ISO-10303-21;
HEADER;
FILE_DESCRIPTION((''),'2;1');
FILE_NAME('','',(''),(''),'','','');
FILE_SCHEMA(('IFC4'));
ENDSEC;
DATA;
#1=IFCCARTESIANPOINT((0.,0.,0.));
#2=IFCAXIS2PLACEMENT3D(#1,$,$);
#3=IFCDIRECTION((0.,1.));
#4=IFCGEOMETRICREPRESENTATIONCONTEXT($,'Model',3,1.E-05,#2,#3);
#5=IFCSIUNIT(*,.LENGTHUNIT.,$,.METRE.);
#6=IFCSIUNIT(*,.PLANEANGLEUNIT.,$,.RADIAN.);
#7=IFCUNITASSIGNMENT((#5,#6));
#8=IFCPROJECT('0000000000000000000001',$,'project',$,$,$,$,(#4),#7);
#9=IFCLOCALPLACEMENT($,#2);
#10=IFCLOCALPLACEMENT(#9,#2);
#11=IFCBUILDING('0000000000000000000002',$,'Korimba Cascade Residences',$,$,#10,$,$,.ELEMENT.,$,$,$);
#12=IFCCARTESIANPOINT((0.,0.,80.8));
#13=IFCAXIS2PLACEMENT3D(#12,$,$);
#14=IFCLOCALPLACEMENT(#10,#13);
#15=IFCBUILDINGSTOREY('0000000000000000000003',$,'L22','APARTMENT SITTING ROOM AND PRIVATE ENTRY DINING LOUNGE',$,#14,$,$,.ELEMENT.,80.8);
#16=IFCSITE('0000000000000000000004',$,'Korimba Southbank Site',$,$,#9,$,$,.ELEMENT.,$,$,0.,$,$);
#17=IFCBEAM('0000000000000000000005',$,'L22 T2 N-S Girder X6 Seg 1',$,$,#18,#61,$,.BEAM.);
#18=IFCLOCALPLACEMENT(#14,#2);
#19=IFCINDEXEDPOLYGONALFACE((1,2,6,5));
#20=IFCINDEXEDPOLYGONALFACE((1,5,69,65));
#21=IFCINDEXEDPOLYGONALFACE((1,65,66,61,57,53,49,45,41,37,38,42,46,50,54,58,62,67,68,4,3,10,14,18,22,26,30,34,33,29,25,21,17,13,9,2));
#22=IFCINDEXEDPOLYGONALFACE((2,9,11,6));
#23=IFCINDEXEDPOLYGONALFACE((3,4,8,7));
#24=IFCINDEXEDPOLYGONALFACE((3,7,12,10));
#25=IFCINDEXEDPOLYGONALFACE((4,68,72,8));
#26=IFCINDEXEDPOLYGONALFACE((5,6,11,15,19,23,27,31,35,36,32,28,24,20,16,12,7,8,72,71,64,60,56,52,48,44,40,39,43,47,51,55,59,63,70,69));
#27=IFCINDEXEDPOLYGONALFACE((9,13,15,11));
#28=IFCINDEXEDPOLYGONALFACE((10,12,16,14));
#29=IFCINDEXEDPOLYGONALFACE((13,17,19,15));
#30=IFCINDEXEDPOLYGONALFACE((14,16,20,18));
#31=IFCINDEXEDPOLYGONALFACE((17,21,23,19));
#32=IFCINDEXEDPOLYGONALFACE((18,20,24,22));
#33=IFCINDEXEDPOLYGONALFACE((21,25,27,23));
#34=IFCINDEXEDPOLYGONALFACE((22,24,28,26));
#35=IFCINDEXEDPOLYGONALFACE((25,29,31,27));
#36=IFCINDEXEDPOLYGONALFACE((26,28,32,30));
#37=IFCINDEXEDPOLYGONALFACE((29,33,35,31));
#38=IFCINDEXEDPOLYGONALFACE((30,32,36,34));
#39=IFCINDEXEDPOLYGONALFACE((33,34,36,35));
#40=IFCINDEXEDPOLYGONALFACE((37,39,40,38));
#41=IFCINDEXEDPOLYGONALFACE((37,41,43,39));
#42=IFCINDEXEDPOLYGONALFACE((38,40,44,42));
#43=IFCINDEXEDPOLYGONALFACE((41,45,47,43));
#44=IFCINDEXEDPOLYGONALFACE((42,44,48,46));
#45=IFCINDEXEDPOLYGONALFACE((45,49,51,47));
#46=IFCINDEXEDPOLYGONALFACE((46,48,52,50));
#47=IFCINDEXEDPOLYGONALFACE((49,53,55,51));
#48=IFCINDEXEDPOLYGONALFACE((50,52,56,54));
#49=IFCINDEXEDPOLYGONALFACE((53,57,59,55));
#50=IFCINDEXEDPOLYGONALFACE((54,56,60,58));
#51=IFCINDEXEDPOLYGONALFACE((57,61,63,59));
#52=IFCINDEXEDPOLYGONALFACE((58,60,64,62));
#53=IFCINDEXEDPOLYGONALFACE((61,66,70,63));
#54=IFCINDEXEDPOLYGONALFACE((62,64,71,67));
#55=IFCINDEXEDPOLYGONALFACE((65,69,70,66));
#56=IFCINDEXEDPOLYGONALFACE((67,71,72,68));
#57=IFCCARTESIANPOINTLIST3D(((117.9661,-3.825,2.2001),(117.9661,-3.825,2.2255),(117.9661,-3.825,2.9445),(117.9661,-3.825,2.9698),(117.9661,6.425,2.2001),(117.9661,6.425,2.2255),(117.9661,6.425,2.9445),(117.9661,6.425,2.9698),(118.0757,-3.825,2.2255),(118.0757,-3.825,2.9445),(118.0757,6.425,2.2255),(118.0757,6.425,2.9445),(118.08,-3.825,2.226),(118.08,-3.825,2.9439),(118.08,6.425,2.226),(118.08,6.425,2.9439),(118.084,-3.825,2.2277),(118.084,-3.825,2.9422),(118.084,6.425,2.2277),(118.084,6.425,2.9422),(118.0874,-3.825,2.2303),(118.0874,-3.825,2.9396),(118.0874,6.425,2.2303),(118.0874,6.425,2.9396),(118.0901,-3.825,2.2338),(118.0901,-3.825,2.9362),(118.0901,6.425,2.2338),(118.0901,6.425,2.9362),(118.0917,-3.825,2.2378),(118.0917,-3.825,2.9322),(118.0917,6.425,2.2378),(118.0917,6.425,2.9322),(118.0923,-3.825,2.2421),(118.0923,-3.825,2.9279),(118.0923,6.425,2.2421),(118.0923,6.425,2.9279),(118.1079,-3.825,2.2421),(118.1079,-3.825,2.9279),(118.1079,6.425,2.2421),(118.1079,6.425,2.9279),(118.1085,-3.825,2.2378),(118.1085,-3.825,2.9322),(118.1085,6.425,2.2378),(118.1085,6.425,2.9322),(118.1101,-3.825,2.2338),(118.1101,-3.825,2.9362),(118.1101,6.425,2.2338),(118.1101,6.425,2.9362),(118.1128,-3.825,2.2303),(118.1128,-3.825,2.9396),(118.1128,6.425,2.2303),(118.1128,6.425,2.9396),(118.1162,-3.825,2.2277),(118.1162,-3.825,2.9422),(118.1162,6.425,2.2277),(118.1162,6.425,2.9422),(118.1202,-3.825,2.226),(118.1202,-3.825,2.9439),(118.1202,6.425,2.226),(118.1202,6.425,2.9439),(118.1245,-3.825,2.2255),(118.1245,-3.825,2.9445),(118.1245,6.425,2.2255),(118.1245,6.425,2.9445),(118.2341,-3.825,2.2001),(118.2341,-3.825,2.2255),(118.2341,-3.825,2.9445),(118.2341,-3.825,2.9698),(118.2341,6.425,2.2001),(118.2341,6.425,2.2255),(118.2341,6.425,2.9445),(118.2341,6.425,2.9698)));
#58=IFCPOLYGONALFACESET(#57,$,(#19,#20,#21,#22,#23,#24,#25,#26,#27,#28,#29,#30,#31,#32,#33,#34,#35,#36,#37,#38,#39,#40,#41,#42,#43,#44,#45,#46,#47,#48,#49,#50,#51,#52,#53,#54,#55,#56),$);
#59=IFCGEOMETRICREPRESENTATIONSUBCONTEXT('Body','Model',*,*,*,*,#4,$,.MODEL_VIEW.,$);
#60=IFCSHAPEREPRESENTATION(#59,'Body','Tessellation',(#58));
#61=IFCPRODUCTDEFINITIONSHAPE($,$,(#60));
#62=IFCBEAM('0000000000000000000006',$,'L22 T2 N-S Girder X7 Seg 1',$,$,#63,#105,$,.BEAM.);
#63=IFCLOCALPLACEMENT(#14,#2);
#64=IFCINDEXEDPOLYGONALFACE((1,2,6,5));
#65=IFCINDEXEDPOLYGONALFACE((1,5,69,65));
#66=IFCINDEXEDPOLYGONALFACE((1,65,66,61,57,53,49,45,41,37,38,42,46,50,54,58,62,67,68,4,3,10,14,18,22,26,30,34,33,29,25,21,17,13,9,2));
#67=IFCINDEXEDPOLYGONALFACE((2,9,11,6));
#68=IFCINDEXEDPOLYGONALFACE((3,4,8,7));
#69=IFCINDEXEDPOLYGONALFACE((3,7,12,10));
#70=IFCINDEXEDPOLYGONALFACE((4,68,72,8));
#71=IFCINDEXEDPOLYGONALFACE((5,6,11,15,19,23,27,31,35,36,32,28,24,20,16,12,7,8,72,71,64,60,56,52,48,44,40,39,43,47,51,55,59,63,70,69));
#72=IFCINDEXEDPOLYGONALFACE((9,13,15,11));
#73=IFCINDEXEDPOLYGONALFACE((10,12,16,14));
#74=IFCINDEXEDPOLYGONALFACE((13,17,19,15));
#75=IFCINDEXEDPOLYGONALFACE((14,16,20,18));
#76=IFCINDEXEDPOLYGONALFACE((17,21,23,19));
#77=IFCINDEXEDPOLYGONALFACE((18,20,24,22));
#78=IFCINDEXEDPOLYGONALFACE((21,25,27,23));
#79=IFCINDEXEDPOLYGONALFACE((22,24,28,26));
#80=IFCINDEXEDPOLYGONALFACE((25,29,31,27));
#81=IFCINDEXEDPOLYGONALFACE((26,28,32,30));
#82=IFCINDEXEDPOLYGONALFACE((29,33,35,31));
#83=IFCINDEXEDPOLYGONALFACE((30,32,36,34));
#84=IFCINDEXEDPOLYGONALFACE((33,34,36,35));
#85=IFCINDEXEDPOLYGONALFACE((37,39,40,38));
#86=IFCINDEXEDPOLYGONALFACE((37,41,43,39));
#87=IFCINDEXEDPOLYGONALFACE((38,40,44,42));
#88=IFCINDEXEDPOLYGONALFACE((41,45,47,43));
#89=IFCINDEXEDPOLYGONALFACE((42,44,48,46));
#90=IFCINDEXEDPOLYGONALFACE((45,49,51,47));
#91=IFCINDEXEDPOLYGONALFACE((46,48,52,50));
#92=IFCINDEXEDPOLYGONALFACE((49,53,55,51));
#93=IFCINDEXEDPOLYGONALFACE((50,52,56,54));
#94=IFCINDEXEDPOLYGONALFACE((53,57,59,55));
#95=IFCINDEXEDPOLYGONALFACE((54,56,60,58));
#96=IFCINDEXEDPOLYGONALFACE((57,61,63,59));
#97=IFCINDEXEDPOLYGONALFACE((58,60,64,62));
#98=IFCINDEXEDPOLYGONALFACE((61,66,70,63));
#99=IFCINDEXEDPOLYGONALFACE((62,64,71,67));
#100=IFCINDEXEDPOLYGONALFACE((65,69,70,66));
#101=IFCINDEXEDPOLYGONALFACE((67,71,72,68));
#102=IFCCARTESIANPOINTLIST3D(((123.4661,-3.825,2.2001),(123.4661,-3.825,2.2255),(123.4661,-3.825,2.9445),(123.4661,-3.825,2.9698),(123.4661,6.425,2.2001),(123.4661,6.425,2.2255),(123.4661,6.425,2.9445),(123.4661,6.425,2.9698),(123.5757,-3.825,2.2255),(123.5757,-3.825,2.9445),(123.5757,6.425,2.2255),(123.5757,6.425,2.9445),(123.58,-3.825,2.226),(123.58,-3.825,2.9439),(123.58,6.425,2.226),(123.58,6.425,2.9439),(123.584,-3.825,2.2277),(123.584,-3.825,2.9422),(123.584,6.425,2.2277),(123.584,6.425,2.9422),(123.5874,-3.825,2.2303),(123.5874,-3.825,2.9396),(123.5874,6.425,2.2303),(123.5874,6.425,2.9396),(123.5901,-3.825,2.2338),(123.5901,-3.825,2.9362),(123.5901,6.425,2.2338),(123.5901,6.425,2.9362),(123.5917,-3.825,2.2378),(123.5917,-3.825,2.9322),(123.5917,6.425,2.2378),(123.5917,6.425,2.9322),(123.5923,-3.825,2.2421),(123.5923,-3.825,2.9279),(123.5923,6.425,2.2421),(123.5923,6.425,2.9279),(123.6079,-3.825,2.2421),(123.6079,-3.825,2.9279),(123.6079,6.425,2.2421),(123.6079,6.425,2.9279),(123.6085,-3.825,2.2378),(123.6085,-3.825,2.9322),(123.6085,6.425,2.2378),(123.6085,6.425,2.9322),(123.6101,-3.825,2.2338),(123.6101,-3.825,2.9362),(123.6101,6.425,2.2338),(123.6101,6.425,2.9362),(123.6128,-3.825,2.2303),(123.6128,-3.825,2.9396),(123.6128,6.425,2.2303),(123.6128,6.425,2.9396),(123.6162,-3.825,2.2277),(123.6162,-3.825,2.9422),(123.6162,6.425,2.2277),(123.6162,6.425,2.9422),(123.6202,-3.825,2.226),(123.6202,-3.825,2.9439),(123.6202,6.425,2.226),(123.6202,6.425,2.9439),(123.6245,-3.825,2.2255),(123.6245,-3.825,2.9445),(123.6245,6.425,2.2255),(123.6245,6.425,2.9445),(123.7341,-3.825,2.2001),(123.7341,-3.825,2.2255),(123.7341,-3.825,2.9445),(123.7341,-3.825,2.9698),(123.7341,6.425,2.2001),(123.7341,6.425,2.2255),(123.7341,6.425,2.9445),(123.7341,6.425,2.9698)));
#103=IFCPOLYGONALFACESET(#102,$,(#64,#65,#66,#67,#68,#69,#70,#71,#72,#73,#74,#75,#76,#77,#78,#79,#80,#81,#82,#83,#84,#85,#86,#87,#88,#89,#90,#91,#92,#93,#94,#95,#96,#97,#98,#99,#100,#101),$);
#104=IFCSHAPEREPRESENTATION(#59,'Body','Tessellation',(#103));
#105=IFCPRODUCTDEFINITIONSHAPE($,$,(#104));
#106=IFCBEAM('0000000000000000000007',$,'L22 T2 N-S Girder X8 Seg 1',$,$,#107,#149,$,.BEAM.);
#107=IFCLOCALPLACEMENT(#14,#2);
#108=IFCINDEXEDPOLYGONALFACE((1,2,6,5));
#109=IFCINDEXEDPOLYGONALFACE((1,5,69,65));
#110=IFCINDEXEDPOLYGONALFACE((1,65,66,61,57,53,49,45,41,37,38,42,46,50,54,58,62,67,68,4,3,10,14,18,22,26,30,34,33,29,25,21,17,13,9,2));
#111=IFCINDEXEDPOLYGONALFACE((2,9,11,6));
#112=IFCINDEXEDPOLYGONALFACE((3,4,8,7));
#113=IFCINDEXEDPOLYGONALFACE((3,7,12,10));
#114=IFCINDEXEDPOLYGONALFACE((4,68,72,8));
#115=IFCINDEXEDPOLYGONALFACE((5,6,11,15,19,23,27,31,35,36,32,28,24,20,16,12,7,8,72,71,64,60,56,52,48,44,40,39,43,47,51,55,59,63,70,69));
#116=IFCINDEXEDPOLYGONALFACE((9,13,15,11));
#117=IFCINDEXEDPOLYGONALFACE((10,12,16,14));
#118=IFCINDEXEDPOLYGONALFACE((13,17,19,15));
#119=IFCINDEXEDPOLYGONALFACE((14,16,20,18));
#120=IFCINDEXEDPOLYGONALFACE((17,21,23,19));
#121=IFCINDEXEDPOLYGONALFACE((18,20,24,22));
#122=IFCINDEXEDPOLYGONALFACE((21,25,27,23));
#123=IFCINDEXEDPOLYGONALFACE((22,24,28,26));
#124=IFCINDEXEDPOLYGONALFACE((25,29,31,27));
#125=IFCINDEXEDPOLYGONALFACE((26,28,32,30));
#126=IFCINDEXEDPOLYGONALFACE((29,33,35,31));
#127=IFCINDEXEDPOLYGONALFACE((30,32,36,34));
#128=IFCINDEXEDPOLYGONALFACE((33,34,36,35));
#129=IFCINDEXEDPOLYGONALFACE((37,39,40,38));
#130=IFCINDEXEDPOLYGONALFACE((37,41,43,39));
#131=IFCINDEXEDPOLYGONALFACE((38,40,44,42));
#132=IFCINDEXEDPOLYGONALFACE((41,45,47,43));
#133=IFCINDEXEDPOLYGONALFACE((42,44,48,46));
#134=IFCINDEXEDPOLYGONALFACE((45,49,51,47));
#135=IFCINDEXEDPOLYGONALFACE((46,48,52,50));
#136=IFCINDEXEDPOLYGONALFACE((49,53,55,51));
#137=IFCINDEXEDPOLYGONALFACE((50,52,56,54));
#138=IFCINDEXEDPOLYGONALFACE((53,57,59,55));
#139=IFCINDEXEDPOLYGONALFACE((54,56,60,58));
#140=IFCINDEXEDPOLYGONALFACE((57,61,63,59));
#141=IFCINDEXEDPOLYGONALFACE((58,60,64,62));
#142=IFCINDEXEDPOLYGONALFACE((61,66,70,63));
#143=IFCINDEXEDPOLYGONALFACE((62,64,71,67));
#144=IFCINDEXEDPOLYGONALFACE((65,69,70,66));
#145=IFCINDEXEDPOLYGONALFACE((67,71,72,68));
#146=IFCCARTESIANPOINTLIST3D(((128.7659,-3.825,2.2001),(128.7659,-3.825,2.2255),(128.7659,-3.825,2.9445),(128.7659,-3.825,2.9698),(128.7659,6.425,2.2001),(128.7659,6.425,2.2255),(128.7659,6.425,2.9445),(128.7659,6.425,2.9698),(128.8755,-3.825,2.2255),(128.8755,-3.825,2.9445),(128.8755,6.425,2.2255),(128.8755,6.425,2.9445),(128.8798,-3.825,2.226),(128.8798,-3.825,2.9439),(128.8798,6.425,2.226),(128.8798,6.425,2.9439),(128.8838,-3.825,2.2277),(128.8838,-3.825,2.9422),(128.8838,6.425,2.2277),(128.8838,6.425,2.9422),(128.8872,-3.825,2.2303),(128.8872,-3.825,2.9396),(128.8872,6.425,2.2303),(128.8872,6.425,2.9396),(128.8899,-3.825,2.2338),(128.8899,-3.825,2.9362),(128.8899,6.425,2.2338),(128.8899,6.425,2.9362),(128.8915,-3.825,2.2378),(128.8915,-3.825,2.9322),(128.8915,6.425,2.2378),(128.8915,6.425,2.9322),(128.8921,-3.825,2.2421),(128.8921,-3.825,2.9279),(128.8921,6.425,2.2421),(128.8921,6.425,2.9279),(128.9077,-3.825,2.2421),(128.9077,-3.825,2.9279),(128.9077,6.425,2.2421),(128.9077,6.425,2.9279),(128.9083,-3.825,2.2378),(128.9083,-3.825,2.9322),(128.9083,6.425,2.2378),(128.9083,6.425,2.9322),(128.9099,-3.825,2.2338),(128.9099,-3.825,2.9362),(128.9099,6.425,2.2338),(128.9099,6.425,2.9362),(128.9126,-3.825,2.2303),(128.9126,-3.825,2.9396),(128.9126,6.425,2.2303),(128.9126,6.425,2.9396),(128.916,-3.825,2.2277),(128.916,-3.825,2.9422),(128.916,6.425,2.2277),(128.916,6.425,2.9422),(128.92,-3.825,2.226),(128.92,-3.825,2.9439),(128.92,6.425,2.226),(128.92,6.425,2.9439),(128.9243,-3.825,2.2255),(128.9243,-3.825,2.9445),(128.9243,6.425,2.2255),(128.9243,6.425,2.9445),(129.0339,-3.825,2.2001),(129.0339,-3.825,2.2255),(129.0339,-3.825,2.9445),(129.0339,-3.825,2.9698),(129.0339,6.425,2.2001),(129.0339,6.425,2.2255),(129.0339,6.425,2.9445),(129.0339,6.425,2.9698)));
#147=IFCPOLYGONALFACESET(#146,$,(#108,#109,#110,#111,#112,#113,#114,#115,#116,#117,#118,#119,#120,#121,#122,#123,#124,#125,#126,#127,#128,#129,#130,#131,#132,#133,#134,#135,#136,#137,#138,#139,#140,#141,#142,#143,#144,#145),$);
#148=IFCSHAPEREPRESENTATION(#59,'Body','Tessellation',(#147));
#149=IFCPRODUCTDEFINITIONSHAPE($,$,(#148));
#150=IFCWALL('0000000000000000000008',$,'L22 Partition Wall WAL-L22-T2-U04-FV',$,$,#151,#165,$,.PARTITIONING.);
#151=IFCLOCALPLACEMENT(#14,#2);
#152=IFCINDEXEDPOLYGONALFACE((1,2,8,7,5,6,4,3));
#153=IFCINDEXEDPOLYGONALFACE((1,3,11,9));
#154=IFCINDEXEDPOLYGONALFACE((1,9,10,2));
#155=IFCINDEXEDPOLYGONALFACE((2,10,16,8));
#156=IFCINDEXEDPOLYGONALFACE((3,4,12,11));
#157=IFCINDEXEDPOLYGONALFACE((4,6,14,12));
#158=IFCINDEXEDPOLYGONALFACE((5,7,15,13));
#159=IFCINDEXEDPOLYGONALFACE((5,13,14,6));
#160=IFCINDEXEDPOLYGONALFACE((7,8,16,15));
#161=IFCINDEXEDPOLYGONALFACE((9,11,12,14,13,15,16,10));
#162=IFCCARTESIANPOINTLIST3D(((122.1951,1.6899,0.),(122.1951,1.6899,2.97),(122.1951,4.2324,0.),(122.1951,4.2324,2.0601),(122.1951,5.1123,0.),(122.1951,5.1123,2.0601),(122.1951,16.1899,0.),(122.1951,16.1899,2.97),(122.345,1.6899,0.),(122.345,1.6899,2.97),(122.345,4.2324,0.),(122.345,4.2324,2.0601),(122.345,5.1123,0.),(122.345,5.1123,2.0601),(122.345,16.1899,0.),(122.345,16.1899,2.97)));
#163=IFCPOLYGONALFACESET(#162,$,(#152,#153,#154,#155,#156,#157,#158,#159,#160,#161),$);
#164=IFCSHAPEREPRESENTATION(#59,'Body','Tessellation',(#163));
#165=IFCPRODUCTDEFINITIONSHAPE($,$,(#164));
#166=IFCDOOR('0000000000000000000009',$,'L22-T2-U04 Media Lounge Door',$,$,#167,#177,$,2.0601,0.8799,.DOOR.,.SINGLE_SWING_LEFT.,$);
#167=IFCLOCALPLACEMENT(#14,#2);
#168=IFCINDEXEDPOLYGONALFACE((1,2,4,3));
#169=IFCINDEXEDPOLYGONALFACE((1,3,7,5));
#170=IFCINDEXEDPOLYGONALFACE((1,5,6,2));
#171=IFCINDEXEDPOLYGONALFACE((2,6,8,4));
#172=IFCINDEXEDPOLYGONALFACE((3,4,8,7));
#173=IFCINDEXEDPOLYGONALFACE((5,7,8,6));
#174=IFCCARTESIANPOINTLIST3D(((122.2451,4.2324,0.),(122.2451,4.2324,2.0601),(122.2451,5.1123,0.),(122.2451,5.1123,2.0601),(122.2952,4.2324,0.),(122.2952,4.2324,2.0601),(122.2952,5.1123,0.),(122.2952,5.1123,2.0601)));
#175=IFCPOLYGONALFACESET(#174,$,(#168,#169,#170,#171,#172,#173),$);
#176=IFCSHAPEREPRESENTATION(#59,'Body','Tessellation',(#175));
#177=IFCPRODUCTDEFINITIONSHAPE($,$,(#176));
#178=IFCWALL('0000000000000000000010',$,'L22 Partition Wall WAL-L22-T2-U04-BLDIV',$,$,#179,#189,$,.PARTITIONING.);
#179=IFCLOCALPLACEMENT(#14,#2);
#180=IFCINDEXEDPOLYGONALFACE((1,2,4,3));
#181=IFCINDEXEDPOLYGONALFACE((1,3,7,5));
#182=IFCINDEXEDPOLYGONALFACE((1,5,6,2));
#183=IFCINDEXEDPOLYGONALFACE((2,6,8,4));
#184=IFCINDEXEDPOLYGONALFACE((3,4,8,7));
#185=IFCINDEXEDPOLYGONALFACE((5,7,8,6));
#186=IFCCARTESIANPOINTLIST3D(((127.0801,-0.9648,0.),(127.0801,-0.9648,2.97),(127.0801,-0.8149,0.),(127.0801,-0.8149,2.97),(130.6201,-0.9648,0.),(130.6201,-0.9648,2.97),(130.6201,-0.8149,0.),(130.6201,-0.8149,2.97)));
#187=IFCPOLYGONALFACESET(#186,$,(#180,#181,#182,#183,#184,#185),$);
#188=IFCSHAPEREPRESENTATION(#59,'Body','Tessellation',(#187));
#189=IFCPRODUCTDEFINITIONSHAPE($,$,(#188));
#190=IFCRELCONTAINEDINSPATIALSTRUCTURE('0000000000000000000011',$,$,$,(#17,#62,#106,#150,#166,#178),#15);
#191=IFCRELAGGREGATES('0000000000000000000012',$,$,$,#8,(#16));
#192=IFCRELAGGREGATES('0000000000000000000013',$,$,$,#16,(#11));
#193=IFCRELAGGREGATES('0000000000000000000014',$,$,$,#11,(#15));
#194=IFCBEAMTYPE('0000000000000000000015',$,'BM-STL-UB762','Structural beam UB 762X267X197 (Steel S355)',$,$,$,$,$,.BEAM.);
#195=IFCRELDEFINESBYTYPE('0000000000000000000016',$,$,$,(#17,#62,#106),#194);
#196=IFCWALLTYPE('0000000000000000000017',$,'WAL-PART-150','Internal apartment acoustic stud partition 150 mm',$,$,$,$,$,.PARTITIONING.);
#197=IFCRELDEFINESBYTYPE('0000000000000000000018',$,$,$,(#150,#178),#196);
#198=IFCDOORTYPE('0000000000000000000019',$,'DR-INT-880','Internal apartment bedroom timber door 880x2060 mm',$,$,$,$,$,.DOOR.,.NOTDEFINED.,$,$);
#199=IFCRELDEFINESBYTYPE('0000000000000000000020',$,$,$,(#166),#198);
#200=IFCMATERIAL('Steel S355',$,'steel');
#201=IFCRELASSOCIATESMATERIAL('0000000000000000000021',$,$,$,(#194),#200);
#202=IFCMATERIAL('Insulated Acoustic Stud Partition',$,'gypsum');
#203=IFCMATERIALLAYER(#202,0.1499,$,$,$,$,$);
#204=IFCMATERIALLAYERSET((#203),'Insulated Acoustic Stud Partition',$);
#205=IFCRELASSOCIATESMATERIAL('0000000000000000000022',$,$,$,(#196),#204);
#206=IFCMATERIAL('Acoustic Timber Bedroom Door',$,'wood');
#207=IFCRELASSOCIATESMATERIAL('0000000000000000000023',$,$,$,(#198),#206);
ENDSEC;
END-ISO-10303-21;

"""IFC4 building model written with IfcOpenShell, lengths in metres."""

from ifc_helpers import new_model, si_unit, direction, frame, frame_2d, origin, origin_2d, place, context, subcontext, project, spatial, rectangle, i_section, extrude, material, layer, layer_set, material_profile, profile_set, type_object, element, fill, save


model = new_model("IFC4")

# Units and contexts
model_context = context("Model", 3, precision=1e-05, world=origin(), true_north=direction((0.0, 1.0)))
body_context = subcontext(model_context, "Body", "Model", "MODEL_VIEW")
ifc_project = project(units=[si_unit("LENGTHUNIT", "METRE"), si_unit("PLANEANGLEUNIT", "RADIAN")], contexts=[model_context])

# Site, building, storey
site_placement = place(None, origin())
site = spatial("IfcSite", under=ifc_project, at=site_placement, Name="Korimba Southbank Site", CompositionType="ELEMENT", RefElevation=0.0)
building_placement = place(site_placement, origin())
building = spatial("IfcBuilding", under=site, at=building_placement, Name="Korimba Cascade Residences", CompositionType="ELEMENT")
storey_placement = place(building_placement, frame((0.0, 0.0, 80.8)))
storey = spatial("IfcBuildingStorey", under=building, at=storey_placement, Name="L22", Description="APARTMENT SITTING ROOM AND PRIVATE ENTRY DINING LOUNGE", CompositionType="ELEMENT", Elevation=80.8)

# Beams
ifc_material_1 = material(Name="Steel S355", Category="steel")
ifc_material_profile_1 = material_profile(ifc_material_1, i_section(OverallWidth=0.2681, OverallDepth=0.7698, WebThickness=0.0156, FlangeThickness=0.0254, FilletRadius=0.0166, at=origin_2d()), Name="Steel S355")
ifc_profile_set_1 = profile_set([ifc_material_profile_1], Name="Steel S355")
beam_type_1 = type_object("IfcBeamType", Name="BM-STL-UB762", Description="Structural beam UB 762X267X197 (Steel S355)", PredefinedType="BEAM", material=ifc_profile_set_1)
for number, where, z_axis, x_axis, name in (
    (1, (118.1001, -3.825, 2.585), (0.0, 1.0, 0.0), (-1.0, 0.0, 0.0), "L22 T2 N-S Girder X6 Seg 1"),
    (2, (123.6001, -3.825, 2.585), (0.0, 1.0, 0.0), (-1.0, 0.0, 0.0), "L22 T2 N-S Girder X7 Seg 1"),
    (3, (128.8999, -3.825, 2.585), (0.0, 1.0, 0.0), (-1.0, 0.0, 0.0), "L22 T2 N-S Girder X8 Seg 1"),
):
    element("IfcBeam", number, at=place(storey_placement, frame(where, z_axis=z_axis, x_axis=x_axis)), inside=storey, type_object=beam_type_1, Name=name, PredefinedType="BEAM", context=body_context, shape_type="SweptSolid", body=[
        extrude(i_section(OverallWidth=0.2681, OverallDepth=0.7698, WebThickness=0.0156, FlangeThickness=0.0254, FilletRadius=0.0166, at=origin_2d()), origin(), (0.0, 0.0, 1.0), 10.25),
    ])

# Wall, opening, door
ifc_material_2 = material(Name="Insulated Acoustic Stud Partition", Category="gypsum")
ifc_layer = layer(ifc_material_2, 0.1499)
ifc_layer_set = layer_set([ifc_layer], Name="Insulated Acoustic Stud Partition")
wall_type = type_object("IfcWallType", Name="WAL-PART-150", Description="Internal apartment acoustic stud partition 150 mm", PredefinedType="PARTITIONING", material=ifc_layer_set)
wall_1_placement = place(storey_placement, frame((122.27, 1.6899, 0.0), z_axis=(0.0, 0.0, 1.0), x_axis=(0.0, 1.0, 0.0)))
wall_1 = element("IfcWall", 4, at=wall_1_placement, inside=storey, type_object=wall_type, Name="L22 Partition Wall WAL-L22-T2-U04-FV", PredefinedType="PARTITIONING", context=body_context, shape_type="SweptSolid", body=[
    extrude(rectangle(XDim=14.5, YDim=0.1499, at=frame_2d((7.25, 0.0))), origin(), (0.0, 0.0, 1.0), 2.97),
])
opening_1_placement = place(wall_1_placement, frame((2.5425, 0.0, 0.0)))
opening_1 = element("IfcOpeningElement", 5, at=opening_1_placement, cuts=wall_1, PredefinedType="OPENING", context=body_context, shape_type="SweptSolid", body=[
    extrude(rectangle(XDim=0.8799, YDim=2.0601, at=frame_2d((0.4399, 1.03))), frame((0.0, 0.085, 0.0), z_axis=(0.0, -1.0, 0.0), x_axis=(1.0, 0.0, 0.0)), (0.0, 0.0, 1.0), 0.1699),
])
ifc_material_3 = material(Name="Acoustic Timber Bedroom Door", Category="wood")
door_type_1 = type_object("IfcDoorType", Name="DR-INT-880", Description="Internal apartment bedroom timber door 880x2060 mm", OperationType="NOTDEFINED", PredefinedType="DOOR", material=ifc_material_3)
door_1_placement = place(opening_1_placement, origin())
door_1 = element("IfcDoor", 6, at=door_1_placement, inside=storey, type_object=door_type_1, Name="L22-T2-U04 Media Lounge Door", OperationType="SINGLE_SWING_LEFT", OverallHeight=2.0601, OverallWidth=0.8799, PredefinedType="DOOR", context=body_context, shape_type="SweptSolid", body=[
    extrude(rectangle(XDim=0.8799, YDim=2.0601, at=frame_2d((0.4399, 1.03))), frame((0.0, 0.0249, 0.0), z_axis=(0.0, -1.0, 0.0), x_axis=(1.0, 0.0, 0.0)), (0.0, 0.0, 1.0), 0.05),
])
fill(opening_1, door_1)

# Wall
wall_2_placement = place(storey_placement, frame((127.0801, -0.8899, 0.0), z_axis=(0.0, 0.0, 1.0), x_axis=(1.0, 0.0, 0.0)))
element("IfcWall", 7, at=wall_2_placement, inside=storey, type_object=wall_type, Name="L22 Partition Wall WAL-L22-T2-U04-BLDIV", PredefinedType="PARTITIONING", context=body_context, shape_type="SweptSolid", body=[
    extrude(rectangle(XDim=3.54, YDim=0.1499, at=frame_2d((1.77, 0.0))), origin(), (0.0, 0.0, 1.0), 2.97),
])

save(model, "model.ifc")
